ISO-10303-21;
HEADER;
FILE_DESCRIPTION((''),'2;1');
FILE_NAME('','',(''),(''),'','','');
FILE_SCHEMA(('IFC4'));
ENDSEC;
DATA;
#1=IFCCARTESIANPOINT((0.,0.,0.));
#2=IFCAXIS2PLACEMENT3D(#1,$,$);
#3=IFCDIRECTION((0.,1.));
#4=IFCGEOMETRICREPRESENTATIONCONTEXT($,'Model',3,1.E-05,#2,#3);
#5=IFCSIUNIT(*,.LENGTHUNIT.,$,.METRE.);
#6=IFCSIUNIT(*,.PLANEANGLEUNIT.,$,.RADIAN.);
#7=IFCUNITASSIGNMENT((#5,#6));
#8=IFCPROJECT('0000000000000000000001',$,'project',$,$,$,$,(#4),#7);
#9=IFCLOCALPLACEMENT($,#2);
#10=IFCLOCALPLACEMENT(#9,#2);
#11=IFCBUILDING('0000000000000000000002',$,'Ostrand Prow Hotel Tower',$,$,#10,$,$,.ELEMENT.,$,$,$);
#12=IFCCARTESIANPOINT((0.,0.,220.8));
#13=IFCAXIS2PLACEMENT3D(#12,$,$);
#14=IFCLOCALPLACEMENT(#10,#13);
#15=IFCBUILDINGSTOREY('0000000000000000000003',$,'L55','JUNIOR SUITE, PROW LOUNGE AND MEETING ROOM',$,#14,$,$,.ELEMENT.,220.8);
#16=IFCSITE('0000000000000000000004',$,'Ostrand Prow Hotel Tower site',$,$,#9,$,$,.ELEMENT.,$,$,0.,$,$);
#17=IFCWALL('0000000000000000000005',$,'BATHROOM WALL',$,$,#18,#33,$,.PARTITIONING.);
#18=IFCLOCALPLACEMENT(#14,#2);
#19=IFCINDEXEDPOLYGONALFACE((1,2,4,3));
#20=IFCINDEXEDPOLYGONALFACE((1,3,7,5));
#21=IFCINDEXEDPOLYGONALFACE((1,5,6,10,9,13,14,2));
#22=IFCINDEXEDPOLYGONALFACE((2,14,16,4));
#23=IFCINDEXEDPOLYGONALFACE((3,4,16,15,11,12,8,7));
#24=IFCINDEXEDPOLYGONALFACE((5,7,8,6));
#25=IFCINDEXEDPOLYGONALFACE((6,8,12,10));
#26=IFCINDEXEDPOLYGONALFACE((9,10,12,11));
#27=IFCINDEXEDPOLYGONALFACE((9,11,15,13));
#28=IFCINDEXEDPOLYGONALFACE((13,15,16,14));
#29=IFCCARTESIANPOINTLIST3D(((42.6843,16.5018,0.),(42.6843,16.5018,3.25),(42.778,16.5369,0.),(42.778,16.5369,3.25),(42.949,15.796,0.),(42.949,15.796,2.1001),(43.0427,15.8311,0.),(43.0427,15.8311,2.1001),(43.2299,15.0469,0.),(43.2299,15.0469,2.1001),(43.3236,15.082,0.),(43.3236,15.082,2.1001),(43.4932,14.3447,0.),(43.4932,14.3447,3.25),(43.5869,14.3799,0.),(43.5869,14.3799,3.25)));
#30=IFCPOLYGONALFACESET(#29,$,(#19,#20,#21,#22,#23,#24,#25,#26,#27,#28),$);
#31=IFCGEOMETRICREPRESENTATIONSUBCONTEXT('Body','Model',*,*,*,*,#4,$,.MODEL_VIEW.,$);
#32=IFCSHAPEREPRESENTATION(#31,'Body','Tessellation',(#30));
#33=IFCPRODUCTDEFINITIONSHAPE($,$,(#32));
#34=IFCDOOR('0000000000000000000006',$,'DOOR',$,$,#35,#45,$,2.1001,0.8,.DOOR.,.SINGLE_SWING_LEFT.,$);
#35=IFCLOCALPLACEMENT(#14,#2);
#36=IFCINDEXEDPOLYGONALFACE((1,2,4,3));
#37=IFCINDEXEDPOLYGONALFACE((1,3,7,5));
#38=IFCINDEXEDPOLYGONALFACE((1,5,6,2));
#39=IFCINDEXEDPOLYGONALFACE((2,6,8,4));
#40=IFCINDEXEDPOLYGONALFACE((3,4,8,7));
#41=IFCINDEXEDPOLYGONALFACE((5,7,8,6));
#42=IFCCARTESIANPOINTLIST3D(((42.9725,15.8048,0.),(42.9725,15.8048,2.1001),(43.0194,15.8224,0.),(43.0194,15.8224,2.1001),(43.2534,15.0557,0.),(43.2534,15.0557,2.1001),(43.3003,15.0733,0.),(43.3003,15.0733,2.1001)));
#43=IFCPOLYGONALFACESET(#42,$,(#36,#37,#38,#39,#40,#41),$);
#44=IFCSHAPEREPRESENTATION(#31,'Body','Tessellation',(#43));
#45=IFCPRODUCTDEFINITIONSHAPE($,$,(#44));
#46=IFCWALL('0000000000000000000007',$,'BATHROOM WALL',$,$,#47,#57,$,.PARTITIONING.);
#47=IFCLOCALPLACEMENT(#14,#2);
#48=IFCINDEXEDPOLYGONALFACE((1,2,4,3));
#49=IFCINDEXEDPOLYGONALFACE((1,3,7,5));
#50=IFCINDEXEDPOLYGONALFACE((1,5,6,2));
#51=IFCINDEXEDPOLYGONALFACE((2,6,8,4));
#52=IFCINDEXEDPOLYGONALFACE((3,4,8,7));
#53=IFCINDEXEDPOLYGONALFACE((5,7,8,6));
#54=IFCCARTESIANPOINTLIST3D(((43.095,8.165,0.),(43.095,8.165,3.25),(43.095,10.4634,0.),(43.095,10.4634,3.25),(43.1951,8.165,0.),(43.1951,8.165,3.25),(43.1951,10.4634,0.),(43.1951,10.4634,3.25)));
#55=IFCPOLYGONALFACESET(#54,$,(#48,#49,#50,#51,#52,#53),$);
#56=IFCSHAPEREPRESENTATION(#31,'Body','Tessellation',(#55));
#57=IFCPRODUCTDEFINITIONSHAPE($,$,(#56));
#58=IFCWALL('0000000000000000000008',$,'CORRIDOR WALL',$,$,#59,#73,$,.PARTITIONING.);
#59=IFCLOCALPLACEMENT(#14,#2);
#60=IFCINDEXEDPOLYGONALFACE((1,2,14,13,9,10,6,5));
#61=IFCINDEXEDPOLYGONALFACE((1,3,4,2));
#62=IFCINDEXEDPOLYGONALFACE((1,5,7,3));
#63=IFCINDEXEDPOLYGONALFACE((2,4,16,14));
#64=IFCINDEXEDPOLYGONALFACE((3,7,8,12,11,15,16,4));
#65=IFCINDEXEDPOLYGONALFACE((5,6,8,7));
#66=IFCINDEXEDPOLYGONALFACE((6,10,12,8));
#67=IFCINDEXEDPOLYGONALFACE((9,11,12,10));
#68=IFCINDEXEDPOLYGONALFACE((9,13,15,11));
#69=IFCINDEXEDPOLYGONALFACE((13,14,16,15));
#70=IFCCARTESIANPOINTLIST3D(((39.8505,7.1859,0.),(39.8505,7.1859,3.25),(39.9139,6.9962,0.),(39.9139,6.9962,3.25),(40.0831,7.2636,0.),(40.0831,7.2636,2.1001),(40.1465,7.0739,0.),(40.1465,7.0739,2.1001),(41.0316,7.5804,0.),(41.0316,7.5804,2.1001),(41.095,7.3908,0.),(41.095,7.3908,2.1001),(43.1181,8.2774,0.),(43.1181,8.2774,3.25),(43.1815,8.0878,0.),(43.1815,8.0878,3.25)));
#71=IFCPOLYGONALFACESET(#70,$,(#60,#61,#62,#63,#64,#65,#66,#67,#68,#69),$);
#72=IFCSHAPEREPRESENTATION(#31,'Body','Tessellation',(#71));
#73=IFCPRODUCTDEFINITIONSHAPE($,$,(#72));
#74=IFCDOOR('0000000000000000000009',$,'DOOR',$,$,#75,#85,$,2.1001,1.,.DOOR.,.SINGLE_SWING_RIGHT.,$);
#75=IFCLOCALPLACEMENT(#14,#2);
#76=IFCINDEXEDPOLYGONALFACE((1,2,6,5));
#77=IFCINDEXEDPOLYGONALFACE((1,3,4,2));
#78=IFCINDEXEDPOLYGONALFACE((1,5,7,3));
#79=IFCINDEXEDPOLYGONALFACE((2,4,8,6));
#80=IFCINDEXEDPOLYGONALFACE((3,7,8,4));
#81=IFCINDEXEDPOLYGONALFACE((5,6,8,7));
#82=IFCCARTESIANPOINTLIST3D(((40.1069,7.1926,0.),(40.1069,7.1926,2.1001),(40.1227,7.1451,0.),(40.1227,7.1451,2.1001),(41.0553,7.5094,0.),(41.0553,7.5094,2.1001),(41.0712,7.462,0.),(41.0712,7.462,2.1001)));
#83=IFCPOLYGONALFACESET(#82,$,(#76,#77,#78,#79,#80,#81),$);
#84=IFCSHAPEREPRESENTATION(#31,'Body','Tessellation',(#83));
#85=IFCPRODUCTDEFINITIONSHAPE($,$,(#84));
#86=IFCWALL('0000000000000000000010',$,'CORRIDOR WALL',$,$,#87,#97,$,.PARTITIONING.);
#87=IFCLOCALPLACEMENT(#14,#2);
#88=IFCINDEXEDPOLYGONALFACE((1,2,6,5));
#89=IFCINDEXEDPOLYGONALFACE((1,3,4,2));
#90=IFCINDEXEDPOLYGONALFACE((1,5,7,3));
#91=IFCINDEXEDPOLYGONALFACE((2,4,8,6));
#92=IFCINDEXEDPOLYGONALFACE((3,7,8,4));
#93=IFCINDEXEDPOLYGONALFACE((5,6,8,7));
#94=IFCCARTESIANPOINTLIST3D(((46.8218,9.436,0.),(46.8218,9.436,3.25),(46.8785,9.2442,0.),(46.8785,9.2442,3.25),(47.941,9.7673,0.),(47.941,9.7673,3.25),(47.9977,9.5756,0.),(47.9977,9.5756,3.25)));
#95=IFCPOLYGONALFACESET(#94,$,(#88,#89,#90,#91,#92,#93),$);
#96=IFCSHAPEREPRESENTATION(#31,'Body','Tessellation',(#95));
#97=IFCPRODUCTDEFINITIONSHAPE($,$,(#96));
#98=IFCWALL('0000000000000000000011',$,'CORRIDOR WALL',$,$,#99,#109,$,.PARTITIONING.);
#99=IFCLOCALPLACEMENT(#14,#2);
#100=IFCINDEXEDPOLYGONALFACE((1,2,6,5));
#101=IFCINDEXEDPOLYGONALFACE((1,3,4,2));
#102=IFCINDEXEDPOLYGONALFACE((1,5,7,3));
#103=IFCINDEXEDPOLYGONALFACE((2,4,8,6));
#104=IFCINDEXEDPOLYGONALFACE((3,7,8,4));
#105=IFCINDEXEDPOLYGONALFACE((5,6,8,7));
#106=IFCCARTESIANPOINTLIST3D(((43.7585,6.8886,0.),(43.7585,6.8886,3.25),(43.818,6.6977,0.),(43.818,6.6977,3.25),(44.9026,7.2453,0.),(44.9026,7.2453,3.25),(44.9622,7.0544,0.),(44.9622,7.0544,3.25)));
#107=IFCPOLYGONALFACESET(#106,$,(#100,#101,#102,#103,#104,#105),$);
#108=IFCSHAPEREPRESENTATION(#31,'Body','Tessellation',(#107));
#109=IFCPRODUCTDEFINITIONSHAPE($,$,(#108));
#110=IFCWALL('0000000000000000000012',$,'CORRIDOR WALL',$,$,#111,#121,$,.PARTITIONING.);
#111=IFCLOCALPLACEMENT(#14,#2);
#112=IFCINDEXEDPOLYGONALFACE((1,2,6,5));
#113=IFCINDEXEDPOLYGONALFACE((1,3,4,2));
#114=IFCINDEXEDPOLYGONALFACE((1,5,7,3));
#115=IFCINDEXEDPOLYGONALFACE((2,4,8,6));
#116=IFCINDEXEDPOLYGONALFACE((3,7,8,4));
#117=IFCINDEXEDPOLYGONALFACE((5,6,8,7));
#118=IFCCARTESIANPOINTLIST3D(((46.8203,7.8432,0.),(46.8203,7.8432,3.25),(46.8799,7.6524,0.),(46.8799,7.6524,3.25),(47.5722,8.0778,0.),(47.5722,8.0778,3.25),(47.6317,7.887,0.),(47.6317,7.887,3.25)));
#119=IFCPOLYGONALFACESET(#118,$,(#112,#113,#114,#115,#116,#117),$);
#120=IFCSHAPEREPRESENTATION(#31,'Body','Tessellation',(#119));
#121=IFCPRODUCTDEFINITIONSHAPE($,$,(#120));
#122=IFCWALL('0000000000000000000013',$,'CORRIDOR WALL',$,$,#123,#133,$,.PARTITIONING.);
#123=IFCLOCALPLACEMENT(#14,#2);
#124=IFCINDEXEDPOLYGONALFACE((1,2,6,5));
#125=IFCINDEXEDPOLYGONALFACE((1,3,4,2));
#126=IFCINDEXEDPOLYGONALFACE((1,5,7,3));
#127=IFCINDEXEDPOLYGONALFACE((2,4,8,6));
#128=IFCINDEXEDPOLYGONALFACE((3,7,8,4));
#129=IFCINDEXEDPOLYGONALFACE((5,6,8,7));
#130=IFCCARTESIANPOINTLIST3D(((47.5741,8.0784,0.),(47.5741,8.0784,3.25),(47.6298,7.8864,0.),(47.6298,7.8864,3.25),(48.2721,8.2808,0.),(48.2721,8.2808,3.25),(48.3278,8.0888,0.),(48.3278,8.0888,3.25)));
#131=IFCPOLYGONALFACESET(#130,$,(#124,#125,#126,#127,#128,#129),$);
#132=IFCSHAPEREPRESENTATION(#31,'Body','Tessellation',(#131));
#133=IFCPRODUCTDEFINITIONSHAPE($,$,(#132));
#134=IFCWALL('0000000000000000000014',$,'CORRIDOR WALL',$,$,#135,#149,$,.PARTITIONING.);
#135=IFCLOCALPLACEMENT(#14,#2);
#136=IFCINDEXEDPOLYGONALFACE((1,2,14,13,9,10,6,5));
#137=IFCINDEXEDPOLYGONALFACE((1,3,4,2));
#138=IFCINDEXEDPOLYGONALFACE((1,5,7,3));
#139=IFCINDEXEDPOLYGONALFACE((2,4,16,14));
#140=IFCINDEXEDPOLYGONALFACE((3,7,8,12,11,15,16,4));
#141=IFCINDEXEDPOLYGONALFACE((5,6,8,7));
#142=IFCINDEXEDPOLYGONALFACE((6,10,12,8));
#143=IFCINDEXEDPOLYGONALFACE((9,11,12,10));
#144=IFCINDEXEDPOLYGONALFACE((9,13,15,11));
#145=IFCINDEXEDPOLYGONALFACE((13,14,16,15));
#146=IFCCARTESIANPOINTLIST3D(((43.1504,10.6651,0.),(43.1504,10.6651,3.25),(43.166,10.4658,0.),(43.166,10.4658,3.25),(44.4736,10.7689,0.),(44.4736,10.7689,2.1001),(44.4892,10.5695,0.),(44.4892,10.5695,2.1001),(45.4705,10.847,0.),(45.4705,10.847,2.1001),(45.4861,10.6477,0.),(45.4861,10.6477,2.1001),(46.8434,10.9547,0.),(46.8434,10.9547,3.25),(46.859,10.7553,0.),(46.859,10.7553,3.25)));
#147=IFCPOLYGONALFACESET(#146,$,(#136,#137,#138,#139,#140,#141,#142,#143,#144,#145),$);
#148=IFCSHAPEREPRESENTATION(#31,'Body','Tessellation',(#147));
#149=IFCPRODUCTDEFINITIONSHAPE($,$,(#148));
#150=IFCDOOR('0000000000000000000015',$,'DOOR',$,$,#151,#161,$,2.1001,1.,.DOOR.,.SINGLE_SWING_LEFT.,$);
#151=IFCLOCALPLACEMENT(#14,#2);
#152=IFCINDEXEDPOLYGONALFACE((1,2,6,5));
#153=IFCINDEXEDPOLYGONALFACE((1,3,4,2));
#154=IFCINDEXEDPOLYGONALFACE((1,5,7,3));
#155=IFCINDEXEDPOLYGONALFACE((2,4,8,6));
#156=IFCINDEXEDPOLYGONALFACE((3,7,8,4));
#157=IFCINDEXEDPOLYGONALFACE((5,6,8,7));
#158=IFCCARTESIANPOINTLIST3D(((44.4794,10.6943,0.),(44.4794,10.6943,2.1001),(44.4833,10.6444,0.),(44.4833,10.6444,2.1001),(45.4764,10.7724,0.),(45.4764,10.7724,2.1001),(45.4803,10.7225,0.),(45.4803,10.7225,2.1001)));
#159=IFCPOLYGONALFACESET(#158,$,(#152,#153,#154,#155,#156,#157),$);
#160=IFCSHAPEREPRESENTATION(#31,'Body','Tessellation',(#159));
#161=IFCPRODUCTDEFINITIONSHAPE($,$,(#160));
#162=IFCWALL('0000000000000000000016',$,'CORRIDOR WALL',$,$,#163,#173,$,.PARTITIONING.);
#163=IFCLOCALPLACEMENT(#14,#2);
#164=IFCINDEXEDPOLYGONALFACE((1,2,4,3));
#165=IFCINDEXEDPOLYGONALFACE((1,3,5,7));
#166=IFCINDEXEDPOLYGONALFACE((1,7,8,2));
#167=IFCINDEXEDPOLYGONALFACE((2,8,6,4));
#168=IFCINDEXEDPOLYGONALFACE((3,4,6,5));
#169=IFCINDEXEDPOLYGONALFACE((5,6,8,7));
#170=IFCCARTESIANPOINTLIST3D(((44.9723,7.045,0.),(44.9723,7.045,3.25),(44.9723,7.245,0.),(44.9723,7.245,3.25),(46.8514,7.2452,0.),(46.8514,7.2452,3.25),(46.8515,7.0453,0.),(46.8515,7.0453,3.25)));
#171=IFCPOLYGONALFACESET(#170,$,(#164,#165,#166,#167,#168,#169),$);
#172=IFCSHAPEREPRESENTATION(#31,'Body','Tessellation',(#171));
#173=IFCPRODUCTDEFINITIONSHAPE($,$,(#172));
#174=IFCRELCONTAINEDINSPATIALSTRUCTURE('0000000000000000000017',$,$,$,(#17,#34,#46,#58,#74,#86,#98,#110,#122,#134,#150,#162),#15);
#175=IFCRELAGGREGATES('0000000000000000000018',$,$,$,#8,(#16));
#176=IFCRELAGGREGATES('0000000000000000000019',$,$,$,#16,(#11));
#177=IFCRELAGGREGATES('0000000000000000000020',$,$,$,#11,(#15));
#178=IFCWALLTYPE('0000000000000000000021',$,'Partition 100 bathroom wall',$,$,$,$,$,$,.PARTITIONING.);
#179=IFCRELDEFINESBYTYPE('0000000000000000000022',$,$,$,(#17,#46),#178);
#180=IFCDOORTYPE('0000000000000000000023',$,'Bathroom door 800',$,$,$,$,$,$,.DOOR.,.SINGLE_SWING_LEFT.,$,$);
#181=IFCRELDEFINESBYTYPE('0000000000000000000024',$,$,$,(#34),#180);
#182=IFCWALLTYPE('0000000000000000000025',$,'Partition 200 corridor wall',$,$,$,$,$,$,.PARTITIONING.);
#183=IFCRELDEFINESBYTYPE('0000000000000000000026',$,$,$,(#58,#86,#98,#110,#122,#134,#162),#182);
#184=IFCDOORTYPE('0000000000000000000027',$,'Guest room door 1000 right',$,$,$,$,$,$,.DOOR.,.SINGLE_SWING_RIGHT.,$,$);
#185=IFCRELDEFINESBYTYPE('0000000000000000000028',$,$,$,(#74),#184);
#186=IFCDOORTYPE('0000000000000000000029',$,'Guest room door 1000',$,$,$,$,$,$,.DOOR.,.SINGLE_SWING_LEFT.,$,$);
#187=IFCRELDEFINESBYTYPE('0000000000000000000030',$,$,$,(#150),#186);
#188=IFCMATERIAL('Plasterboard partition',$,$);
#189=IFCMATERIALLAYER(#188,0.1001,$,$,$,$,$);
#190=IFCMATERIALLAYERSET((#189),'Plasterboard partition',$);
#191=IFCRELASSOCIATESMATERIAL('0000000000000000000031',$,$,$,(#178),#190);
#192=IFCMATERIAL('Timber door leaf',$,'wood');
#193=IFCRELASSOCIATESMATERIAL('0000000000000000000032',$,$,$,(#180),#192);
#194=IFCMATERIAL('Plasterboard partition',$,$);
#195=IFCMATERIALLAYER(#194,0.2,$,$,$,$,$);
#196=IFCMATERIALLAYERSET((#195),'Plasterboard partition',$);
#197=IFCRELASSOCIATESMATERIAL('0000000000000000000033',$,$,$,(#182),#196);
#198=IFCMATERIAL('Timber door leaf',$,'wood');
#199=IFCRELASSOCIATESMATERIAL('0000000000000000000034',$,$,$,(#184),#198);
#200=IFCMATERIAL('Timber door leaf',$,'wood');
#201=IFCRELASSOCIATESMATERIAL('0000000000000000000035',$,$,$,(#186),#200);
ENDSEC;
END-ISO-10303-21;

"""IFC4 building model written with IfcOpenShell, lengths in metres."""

from ifc_helpers import new_model, si_unit, direction, frame, frame_2d, origin, place, context, subcontext, project, spatial, rectangle, extrude, material, layer, layer_set, type_object, element, fill, save


model = new_model("IFC4")

# Units and contexts
model_context = context("Model", 3, precision=1e-05, world=origin(), true_north=direction((0.0, 1.0)))
body_context = subcontext(model_context, "Body", "Model", "MODEL_VIEW")
ifc_project = project(units=[si_unit("LENGTHUNIT", "METRE"), si_unit("PLANEANGLEUNIT", "RADIAN")], contexts=[model_context])

# Site, building, storey
site_placement = place(None, origin())
site = spatial("IfcSite", under=ifc_project, at=site_placement, Name="Ostrand Prow Hotel Tower site", CompositionType="ELEMENT", RefElevation=0.0)
building_placement = place(site_placement, origin())
building = spatial("IfcBuilding", under=site, at=building_placement, Name="Ostrand Prow Hotel Tower", CompositionType="ELEMENT")
storey_placement = place(building_placement, frame((0.0, 0.0, 220.8)))
storey = spatial("IfcBuildingStorey", under=building, at=storey_placement, Name="L55", Description="JUNIOR SUITE, PROW LOUNGE AND MEETING ROOM", CompositionType="ELEMENT", Elevation=220.8)

# Shared definitions
ifc_material_1 = material(Name="Plasterboard partition")
ifc_layer_1 = layer(ifc_material_1, 0.1001)
ifc_layer_set_1 = layer_set([ifc_layer_1], Name="Plasterboard partition")
wall_type_1 = type_object("IfcWallType", Name="Partition 100 bathroom wall", PredefinedType="PARTITIONING", material=ifc_layer_set_1)

# Wall, opening, door
wall_1_placement = place(storey_placement, frame((43.54, 14.3623, 0.0), z_axis=(0.0, 0.0, 1.0), x_axis=(-0.351112, 0.936334, 0.0)))
wall_1 = element("IfcWall", 1, at=wall_1_placement, inside=storey, type_object=wall_type_1, Name="BATHROOM WALL", PredefinedType="PARTITIONING", context=body_context, shape_type="SweptSolid", body=[
    extrude(rectangle(XDim=2.3037, YDim=0.1001, at=frame_2d((1.1519, 0.0))), origin(), (0.0, 0.0, 1.0), 3.25),
])
opening_1_placement = place(wall_1_placement, frame((0.75, 0.0, 0.0)))
opening_1 = element("IfcOpeningElement", 2, at=opening_1_placement, cuts=wall_1, PredefinedType="OPENING", context=body_context, shape_type="SweptSolid", body=[
    extrude(rectangle(XDim=0.8, YDim=2.1001, at=frame_2d((0.3999, 1.05))), frame((0.0, 0.0601, 0.0), z_axis=(0.0, -1.0, 0.0), x_axis=(1.0, 0.0, 0.0)), (0.0, 0.0, 1.0), 0.1201),
])
ifc_material_2 = material(Name="Timber door leaf", Category="wood")
door_type_1 = type_object("IfcDoorType", Name="Bathroom door 800", OperationType="SINGLE_SWING_LEFT", PredefinedType="DOOR", material=ifc_material_2)
door_1_placement = place(opening_1_placement, origin())
door_1 = element("IfcDoor", 3, at=door_1_placement, inside=storey, type_object=door_type_1, Name="DOOR", OperationType="SINGLE_SWING_LEFT", OverallHeight=2.1001, OverallWidth=0.8, PredefinedType="DOOR", context=body_context, shape_type="SweptSolid", body=[
    extrude(rectangle(XDim=0.8, YDim=2.1001, at=frame_2d((0.3999, 1.05))), frame((0.0, 0.0249, 0.0), z_axis=(0.0, -1.0, 0.0), x_axis=(1.0, 0.0, 0.0)), (0.0, 0.0, 1.0), 0.05),
])
fill(opening_1, door_1)

# Wall
wall_2_placement = place(storey_placement, frame((43.145, 10.4634, 0.0), z_axis=(0.0, 0.0, 1.0), x_axis=(0.0, -1.0, 0.0)))
element("IfcWall", 4, at=wall_2_placement, inside=storey, type_object=wall_type_1, Name="BATHROOM WALL", PredefinedType="PARTITIONING", context=body_context, shape_type="SweptSolid", body=[
    extrude(rectangle(XDim=2.2983, YDim=0.1001, at=frame_2d((1.1492, 0.0))), origin(), (0.0, 0.0, 1.0), 3.25),
])

# Wall, opening, door
ifc_material_3 = material(Name="Plasterboard partition")
ifc_layer_2 = layer(ifc_material_3, 0.2)
ifc_layer_set_2 = layer_set([ifc_layer_2], Name="Plasterboard partition")
wall_type_2 = type_object("IfcWallType", Name="Partition 200 corridor wall", PredefinedType="PARTITIONING", material=ifc_layer_set_2)
wall_3_placement = place(storey_placement, frame((43.1499, 8.1826, 0.0), z_axis=(0.0, 0.0, 1.0), x_axis=(-0.948478, -0.316844, 0.0)))
wall_3 = element("IfcWall", 5, at=wall_3_placement, inside=storey, type_object=wall_type_2, Name="CORRIDOR WALL", PredefinedType="PARTITIONING", context=body_context, shape_type="SweptSolid", body=[
    extrude(rectangle(XDim=3.4451, YDim=0.2, at=frame_2d((1.7227, 0.0))), origin(), (0.0, 0.0, 1.0), 3.25),
])
opening_2_placement = place(wall_3_placement, frame((2.2, 0.0, 0.0)))
opening_2 = element("IfcOpeningElement", 6, at=opening_2_placement, cuts=wall_3, PredefinedType="OPENING", context=body_context, shape_type="SweptSolid", body=[
    extrude(rectangle(XDim=1.0, YDim=2.1001, at=frame_2d((0.5, 1.05))), frame((0.0, 0.1099, 0.0), z_axis=(0.0, -1.0, 0.0), x_axis=(1.0, 0.0, 0.0)), (0.0, 0.0, 1.0), 0.22),
])
ifc_material_4 = material(Name="Timber door leaf", Category="wood")
door_type_2 = type_object("IfcDoorType", Name="Guest room door 1000 right", OperationType="SINGLE_SWING_RIGHT", PredefinedType="DOOR", material=ifc_material_4)
door_2_placement = place(opening_2_placement, origin())
door_2 = element("IfcDoor", 7, at=door_2_placement, inside=storey, type_object=door_type_2, Name="DOOR", OperationType="SINGLE_SWING_RIGHT", OverallHeight=2.1001, OverallWidth=1.0, PredefinedType="DOOR", context=body_context, shape_type="SweptSolid", body=[
    extrude(rectangle(XDim=1.0, YDim=2.1001, at=frame_2d((0.5, 1.05))), frame((0.0, 0.0249, 0.0), z_axis=(0.0, -1.0, 0.0), x_axis=(1.0, 0.0, 0.0)), (0.0, 0.0, 1.0), 0.05),
])
fill(opening_2, door_2)

# Walls
wall_4_placement = place(storey_placement, frame((47.9692, 9.6714, 0.0), z_axis=(0.0, 0.0, 1.0), x_axis=(-0.958868, -0.283853, 0.0)))
element("IfcWall", 8, at=wall_4_placement, inside=storey, type_object=wall_type_2, Name="CORRIDOR WALL", PredefinedType="PARTITIONING", context=body_context, shape_type="SweptSolid", body=[
    extrude(rectangle(XDim=1.1672, YDim=0.2, at=frame_2d((0.5835, 0.0))), origin(), (0.0, 0.0, 1.0), 3.25),
])
wall_5_placement = place(storey_placement, frame((43.7883, 6.7932, 0.0), z_axis=(0.0, 0.0, 1.0), x_axis=(0.954694, 0.297591, 0.0)))
element("IfcWall", 9, at=wall_5_placement, inside=storey, type_object=wall_type_2, Name="CORRIDOR WALL", PredefinedType="PARTITIONING", context=body_context, shape_type="SweptSolid", body=[
    extrude(rectangle(XDim=1.1985, YDim=0.2, at=frame_2d((0.5991, 0.0))), origin(), (0.0, 0.0, 1.0), 3.25),
])
wall_6_placement = place(storey_placement, frame((46.8501, 7.7478, 0.0), z_axis=(0.0, 0.0, 1.0), x_axis=(0.954612, 0.297851, 0.0)))
element("IfcWall", 10, at=wall_6_placement, inside=storey, type_object=wall_type_2, Name="CORRIDOR WALL", PredefinedType="PARTITIONING", context=body_context, shape_type="SweptSolid", body=[
    extrude(rectangle(XDim=0.7876, YDim=0.2, at=frame_2d((0.3938, 0.0))), origin(), (0.0, 0.0, 1.0), 3.25),
])
wall_7_placement = place(storey_placement, frame((47.6021, 7.9824, 0.0), z_axis=(0.0, 0.0, 1.0), x_axis=(0.960439, 0.27849, 0.0)))
element("IfcWall", 11, at=wall_7_placement, inside=storey, type_object=wall_type_2, Name="CORRIDOR WALL", PredefinedType="PARTITIONING", context=body_context, shape_type="SweptSolid", body=[
    extrude(rectangle(XDim=0.7268, YDim=0.2, at=frame_2d((0.3633, 0.0))), origin(), (0.0, 0.0, 1.0), 3.25),
])

# Wall, opening, door
wall_8_placement = place(storey_placement, frame((46.8511, 10.855, 0.0), z_axis=(0.0, 0.0, 1.0), x_axis=(-0.996941, -0.078163, 0.0)))
wall_8 = element("IfcWall", 12, at=wall_8_placement, inside=storey, type_object=wall_type_2, Name="CORRIDOR WALL", PredefinedType="PARTITIONING", context=body_context, shape_type="SweptSolid", body=[
    extrude(rectangle(XDim=3.7043, YDim=0.2, at=frame_2d((1.8521, 0.0))), origin(), (0.0, 0.0, 1.0), 3.25),
])
opening_3_placement = place(wall_8_placement, frame((1.377, 0.0, 0.0)))
opening_3 = element("IfcOpeningElement", 13, at=opening_3_placement, cuts=wall_8, PredefinedType="OPENING", context=body_context, shape_type="SweptSolid", body=[
    extrude(rectangle(XDim=1.0, YDim=2.1001, at=frame_2d((0.5, 1.05))), frame((0.0, 0.1099, 0.0), z_axis=(0.0, -1.0, 0.0), x_axis=(1.0, 0.0, 0.0)), (0.0, 0.0, 1.0), 0.22),
])
ifc_material_5 = material(Name="Timber door leaf", Category="wood")
door_type_3 = type_object("IfcDoorType", Name="Guest room door 1000", OperationType="SINGLE_SWING_LEFT", PredefinedType="DOOR", material=ifc_material_5)
door_3_placement = place(opening_3_placement, origin())
door_3 = element("IfcDoor", 14, at=door_3_placement, inside=storey, type_object=door_type_3, Name="DOOR", OperationType="SINGLE_SWING_LEFT", OverallHeight=2.1001, OverallWidth=1.0, PredefinedType="DOOR", context=body_context, shape_type="SweptSolid", body=[
    extrude(rectangle(XDim=1.0, YDim=2.1001, at=frame_2d((0.5, 1.05))), frame((0.0, 0.0249, 0.0), z_axis=(0.0, -1.0, 0.0), x_axis=(1.0, 0.0, 0.0)), (0.0, 0.0, 1.0), 0.05),
])
fill(opening_3, door_3)

# Wall
wall_9_placement = place(storey_placement, frame((44.9724, 7.145, 0.0), z_axis=(0.0, 0.0, 1.0), x_axis=(1.0, 0.00013, 0.0)))
element("IfcWall", 15, at=wall_9_placement, inside=storey, type_object=wall_type_2, Name="CORRIDOR WALL", PredefinedType="PARTITIONING", context=body_context, shape_type="SweptSolid", body=[
    extrude(rectangle(XDim=1.8792, YDim=0.2, at=frame_2d((0.9395, 0.0))), origin(), (0.0, 0.0, 1.0), 3.25),
])

save(model, "model.ifc")
